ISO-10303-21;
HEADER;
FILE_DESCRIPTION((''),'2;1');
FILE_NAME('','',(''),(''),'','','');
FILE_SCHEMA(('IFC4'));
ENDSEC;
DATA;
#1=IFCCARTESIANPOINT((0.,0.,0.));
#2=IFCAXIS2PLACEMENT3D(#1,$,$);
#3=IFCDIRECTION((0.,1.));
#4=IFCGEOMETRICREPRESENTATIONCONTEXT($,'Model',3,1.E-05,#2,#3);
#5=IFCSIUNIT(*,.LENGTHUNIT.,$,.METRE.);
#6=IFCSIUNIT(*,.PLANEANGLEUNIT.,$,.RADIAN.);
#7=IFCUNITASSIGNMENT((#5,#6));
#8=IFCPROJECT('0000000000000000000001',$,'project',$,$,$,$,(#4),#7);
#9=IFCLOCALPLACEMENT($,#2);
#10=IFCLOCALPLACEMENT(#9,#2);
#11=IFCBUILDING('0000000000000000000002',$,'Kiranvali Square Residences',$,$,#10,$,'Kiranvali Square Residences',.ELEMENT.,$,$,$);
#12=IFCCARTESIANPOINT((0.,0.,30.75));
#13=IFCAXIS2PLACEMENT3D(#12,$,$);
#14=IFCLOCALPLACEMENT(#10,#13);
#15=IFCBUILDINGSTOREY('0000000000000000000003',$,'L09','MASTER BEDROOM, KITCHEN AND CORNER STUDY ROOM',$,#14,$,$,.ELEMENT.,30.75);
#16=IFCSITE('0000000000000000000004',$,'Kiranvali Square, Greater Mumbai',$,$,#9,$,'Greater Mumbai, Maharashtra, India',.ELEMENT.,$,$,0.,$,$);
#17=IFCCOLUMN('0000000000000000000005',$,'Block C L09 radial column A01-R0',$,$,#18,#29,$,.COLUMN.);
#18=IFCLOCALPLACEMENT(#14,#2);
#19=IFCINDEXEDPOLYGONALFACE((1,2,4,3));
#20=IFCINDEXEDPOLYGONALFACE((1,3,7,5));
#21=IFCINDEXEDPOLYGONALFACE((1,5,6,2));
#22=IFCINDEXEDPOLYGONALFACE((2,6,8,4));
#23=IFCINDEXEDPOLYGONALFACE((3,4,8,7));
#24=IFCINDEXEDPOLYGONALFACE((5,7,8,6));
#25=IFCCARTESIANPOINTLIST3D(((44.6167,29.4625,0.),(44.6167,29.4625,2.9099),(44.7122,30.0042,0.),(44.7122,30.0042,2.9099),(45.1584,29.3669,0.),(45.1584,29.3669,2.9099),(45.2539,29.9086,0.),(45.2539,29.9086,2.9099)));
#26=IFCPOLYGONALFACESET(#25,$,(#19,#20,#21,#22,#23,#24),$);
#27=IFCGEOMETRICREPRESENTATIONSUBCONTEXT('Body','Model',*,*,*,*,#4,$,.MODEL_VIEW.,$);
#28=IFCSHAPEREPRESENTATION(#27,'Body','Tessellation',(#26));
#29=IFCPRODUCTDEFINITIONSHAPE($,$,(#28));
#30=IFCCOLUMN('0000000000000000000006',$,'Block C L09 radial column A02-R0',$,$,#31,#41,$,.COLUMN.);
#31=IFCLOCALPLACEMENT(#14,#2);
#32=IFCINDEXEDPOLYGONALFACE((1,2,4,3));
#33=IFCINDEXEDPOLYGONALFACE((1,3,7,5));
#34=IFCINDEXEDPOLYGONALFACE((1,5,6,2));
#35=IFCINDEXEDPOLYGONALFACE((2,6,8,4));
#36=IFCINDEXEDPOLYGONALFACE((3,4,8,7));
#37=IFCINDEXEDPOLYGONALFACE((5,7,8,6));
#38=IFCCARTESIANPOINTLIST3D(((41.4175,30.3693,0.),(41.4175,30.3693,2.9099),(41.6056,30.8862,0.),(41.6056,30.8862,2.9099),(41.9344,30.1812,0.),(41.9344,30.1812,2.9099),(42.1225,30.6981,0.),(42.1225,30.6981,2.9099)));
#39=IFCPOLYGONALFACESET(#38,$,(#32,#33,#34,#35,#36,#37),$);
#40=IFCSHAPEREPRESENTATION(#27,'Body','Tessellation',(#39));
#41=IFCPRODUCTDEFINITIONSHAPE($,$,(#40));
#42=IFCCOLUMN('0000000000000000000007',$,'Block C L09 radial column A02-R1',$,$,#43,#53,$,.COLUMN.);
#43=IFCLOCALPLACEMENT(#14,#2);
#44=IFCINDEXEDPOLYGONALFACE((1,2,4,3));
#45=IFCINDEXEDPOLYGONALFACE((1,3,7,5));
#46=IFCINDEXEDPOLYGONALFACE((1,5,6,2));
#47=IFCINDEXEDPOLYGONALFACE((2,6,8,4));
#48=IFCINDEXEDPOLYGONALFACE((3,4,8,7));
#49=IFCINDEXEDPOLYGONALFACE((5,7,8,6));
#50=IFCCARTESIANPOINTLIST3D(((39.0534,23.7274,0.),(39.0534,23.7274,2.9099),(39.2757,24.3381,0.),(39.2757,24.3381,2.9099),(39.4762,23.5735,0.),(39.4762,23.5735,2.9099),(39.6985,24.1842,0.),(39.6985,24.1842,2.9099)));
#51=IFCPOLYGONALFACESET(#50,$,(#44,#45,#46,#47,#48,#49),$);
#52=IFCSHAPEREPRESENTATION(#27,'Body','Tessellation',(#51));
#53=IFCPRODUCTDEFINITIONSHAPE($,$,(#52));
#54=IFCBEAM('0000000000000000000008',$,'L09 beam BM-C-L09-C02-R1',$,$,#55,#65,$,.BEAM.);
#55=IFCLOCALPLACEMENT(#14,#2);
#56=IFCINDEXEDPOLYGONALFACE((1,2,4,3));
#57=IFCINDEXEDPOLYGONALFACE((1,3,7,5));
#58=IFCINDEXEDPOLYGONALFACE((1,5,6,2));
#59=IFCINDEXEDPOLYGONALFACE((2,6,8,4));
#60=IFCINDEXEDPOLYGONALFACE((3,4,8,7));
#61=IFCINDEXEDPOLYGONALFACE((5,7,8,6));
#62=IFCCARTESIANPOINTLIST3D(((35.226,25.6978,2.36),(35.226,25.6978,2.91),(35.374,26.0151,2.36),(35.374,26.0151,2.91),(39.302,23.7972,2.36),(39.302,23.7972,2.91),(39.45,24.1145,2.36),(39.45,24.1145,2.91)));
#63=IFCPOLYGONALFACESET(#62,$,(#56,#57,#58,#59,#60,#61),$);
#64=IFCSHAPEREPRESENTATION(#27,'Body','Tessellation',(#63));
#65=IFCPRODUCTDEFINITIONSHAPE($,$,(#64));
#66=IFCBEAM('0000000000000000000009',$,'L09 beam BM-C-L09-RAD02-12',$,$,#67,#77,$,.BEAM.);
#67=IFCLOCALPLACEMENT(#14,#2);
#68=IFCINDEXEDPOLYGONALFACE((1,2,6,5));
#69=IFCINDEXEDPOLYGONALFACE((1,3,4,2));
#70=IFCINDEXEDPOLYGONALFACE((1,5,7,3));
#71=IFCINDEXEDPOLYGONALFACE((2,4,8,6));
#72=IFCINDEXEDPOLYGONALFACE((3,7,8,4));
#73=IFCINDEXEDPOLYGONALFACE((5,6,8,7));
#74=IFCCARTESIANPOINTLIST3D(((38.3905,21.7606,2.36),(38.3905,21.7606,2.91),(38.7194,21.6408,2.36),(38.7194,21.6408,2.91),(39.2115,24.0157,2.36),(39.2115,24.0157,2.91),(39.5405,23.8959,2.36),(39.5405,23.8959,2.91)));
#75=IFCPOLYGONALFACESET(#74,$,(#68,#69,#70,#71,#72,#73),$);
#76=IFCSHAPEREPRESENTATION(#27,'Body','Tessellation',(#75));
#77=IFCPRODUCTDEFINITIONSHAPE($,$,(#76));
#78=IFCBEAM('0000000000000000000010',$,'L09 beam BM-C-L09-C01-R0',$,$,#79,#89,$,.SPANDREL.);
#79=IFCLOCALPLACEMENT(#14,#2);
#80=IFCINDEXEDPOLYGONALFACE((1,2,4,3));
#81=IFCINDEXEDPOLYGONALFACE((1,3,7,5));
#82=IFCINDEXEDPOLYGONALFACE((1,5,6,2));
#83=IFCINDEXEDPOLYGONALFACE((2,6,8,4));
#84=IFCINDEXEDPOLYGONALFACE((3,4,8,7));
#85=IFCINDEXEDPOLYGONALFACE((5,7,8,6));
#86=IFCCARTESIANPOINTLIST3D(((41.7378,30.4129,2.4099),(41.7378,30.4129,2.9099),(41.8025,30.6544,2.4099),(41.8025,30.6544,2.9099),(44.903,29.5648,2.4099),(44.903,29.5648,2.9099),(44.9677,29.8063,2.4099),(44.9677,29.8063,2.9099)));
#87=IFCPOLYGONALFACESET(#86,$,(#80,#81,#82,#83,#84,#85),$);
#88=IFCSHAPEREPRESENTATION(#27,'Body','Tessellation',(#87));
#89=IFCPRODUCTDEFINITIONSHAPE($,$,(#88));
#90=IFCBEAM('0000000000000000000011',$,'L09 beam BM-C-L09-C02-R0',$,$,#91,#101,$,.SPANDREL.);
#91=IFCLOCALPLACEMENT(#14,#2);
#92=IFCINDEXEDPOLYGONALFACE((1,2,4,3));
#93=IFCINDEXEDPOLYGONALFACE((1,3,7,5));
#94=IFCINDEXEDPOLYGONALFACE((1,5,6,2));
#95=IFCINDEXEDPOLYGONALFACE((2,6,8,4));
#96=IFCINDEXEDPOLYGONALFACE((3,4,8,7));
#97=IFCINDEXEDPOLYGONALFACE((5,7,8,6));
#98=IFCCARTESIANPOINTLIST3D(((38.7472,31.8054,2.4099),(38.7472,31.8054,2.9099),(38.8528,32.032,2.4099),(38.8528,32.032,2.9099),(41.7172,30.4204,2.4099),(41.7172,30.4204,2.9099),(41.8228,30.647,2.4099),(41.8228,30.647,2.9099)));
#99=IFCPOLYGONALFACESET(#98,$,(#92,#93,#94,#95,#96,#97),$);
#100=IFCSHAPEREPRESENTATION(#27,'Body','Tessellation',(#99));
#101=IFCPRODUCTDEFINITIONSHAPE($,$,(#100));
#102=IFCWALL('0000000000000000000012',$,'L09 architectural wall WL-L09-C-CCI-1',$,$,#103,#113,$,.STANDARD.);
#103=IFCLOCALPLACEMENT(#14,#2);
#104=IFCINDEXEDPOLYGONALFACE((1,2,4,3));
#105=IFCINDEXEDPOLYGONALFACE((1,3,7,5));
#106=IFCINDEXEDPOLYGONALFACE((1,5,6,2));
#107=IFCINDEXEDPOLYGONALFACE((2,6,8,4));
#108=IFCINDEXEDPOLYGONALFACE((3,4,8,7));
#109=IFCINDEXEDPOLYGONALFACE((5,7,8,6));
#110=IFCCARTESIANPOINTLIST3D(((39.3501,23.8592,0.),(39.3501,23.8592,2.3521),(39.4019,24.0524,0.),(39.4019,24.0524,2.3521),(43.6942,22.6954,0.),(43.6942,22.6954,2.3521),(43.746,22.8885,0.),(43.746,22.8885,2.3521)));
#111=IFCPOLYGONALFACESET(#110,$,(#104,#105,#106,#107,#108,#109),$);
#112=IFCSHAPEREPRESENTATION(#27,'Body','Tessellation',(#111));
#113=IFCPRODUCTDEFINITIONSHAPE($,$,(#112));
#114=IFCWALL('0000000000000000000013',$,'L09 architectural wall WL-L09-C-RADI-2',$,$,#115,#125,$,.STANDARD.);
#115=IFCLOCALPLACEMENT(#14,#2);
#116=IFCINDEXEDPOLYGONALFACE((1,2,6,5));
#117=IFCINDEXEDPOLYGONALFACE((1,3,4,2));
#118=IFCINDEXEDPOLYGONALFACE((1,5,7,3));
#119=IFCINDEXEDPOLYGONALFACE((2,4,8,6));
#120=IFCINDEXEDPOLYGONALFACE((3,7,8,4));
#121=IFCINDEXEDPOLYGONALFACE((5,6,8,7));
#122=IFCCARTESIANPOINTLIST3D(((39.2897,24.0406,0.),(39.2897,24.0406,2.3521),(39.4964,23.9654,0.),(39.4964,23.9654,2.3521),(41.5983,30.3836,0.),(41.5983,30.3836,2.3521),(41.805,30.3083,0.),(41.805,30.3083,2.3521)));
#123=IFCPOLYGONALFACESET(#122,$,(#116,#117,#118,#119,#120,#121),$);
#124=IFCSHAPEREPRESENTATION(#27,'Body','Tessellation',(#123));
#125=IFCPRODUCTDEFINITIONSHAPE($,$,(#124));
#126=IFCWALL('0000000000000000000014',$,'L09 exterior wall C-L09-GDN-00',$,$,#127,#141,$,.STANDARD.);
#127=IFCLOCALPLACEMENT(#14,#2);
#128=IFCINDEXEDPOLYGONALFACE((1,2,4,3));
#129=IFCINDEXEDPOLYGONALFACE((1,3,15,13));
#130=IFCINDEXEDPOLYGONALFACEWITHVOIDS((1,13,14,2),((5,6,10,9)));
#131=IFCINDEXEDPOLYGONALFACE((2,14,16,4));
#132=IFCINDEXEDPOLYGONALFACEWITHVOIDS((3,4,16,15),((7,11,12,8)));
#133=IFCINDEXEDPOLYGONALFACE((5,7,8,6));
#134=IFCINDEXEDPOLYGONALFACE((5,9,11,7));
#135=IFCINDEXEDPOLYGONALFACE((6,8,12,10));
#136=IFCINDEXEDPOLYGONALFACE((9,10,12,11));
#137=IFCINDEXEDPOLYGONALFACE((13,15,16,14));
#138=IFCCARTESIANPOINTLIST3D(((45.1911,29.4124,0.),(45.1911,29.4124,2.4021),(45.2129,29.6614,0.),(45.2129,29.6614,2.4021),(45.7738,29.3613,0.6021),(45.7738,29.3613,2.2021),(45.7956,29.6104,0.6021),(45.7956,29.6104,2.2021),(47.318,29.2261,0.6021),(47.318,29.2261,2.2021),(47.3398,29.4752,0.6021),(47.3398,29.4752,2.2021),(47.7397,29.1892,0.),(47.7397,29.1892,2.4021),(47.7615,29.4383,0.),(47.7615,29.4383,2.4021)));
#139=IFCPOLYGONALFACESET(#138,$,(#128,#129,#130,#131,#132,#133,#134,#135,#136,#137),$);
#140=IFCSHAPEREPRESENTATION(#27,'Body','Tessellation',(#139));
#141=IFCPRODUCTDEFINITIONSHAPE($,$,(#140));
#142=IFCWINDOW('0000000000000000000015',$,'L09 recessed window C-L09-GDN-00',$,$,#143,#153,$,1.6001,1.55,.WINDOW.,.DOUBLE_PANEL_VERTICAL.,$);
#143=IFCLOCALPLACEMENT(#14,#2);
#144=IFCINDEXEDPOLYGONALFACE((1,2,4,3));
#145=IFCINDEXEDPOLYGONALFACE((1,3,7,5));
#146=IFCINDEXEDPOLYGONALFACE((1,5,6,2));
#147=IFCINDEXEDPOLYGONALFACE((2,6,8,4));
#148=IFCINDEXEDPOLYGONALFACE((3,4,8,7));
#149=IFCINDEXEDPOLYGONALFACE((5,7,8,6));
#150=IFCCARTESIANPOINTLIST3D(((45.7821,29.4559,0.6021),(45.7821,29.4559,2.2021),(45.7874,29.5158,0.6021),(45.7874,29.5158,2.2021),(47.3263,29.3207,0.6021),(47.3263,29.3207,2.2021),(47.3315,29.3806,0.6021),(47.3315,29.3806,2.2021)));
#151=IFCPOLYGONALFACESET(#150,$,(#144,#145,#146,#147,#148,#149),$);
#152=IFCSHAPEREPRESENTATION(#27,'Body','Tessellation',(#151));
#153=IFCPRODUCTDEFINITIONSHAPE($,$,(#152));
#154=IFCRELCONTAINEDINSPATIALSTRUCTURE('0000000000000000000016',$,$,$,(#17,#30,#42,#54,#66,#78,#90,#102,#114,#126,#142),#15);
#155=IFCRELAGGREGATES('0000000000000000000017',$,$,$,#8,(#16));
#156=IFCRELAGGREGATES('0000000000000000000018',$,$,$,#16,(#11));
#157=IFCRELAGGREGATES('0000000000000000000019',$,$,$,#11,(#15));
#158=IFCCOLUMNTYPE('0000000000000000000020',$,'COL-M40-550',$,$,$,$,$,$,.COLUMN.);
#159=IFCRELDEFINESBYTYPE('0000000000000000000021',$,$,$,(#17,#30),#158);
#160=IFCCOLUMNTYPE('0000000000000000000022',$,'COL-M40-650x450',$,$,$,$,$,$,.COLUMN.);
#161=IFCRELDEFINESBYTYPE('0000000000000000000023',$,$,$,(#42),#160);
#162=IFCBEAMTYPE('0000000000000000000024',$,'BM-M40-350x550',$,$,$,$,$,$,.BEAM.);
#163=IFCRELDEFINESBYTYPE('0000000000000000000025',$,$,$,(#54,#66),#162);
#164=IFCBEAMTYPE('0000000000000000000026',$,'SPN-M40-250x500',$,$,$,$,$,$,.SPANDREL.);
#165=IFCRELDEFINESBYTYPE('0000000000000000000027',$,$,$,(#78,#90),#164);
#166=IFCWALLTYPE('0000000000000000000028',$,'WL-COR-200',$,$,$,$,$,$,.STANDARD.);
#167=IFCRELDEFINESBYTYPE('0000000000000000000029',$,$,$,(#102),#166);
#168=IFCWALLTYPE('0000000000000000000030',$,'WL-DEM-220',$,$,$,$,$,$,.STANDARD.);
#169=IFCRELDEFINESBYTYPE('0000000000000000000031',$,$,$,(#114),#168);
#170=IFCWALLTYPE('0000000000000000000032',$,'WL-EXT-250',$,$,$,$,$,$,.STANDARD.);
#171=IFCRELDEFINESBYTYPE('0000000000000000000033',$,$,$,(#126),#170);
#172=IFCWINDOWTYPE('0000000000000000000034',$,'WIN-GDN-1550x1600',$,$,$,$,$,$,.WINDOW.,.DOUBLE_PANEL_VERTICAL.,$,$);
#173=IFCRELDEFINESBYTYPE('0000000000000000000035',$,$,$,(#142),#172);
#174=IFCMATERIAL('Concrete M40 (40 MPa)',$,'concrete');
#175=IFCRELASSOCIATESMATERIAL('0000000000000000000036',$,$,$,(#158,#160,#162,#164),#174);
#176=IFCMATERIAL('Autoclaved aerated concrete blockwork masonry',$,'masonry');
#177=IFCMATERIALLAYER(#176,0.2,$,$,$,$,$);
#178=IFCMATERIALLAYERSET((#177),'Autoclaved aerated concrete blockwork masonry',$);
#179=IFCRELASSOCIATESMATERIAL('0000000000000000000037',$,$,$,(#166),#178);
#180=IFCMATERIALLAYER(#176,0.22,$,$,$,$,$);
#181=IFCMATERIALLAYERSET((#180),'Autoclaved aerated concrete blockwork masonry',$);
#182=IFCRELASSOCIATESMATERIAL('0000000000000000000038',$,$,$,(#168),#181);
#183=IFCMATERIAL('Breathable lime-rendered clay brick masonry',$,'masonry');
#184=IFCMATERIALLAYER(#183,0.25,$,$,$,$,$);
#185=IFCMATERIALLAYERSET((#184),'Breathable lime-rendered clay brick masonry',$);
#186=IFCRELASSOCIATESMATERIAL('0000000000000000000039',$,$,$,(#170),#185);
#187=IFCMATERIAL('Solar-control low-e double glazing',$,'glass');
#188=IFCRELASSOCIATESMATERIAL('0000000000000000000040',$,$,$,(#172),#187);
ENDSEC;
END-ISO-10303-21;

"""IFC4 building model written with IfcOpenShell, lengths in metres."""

from ifc_helpers import new_model, si_unit, direction, frame, frame_2d, origin, origin_2d, place, context, subcontext, project, spatial, rectangle, extrude, material, layer, layer_set, material_profile, profile_set, type_object, element, fill, save


model = new_model("IFC4")

# Units and contexts
model_context = context("Model", 3, precision=1e-05, world=origin(), true_north=direction((0.0, 1.0)))
body_context = subcontext(model_context, "Body", "Model", "MODEL_VIEW")
ifc_project = project(units=[si_unit("LENGTHUNIT", "METRE"), si_unit("PLANEANGLEUNIT", "RADIAN")], contexts=[model_context])

# Site, building, storey
site_placement = place(None, origin())
site = spatial("IfcSite", under=ifc_project, at=site_placement, Name="Kiranvali Square, Greater Mumbai", LongName="Greater Mumbai, Maharashtra, India", CompositionType="ELEMENT", RefElevation=0.0)
building_placement = place(site_placement, origin())
building = spatial("IfcBuilding", under=site, at=building_placement, Name="Kiranvali Square Residences", LongName="Kiranvali Square Residences", CompositionType="ELEMENT")
storey_placement = place(building_placement, frame((0.0, 0.0, 30.75)))
storey = spatial("IfcBuildingStorey", under=building, at=storey_placement, Name="L09", Description="MASTER BEDROOM, KITCHEN AND CORNER STUDY ROOM", CompositionType="ELEMENT", Elevation=30.75)

# Columns
ifc_material_1 = material(Name="Concrete M40 (40 MPa)", Category="concrete")
ifc_material_profile_1 = material_profile(ifc_material_1, rectangle(XDim=0.55, YDim=0.55, at=origin_2d()), Name="RC 550x550")
ifc_profile_set_1 = profile_set([ifc_material_profile_1], Name="Concrete M40 (40 MPa)")
column_type_1 = type_object("IfcColumnType", Name="COL-M40-550", PredefinedType="COLUMN", material=ifc_profile_set_1)
for number, where, z_axis, x_axis, name in (
    (1, (44.9353, 29.6855, 0.0), (0.0, 0.0, 1.0), (-0.984808, 0.173648, 0.0), "Block C L09 radial column A01-R0"),
    (2, (41.77, 30.5337, 0.0), (0.0, 0.0, 1.0), (-0.939693, 0.34202, 0.0), "Block C L09 radial column A02-R0"),
):
    element("IfcColumn", number, at=place(storey_placement, frame(where, z_axis=z_axis, x_axis=x_axis)), inside=storey, type_object=column_type_1, Name=name, PredefinedType="COLUMN", context=body_context, shape_type="SweptSolid", body=[
        extrude(rectangle(XDim=0.55, YDim=0.55, at=origin_2d()), origin(), (0.0, 0.0, 1.0), 2.9099),
    ])
ifc_material_profile_2 = material_profile(ifc_material_1, rectangle(XDim=0.45, YDim=0.6499, at=origin_2d()), Name="RC 650x450")
ifc_profile_set_2 = profile_set([ifc_material_profile_2], Name="Concrete M40 (40 MPa)")
column_type_2 = type_object("IfcColumnType", Name="COL-M40-650x450", PredefinedType="COLUMN", material=ifc_profile_set_2)
column_placement = place(storey_placement, frame((39.376, 23.9558, 0.0), z_axis=(0.0, 0.0, 1.0), x_axis=(-0.939693, 0.34202, 0.0)))
element("IfcColumn", 3, at=column_placement, inside=storey, type_object=column_type_2, Name="Block C L09 radial column A02-R1", PredefinedType="COLUMN", context=body_context, shape_type="SweptSolid", body=[
    extrude(rectangle(XDim=0.45, YDim=0.6499, at=origin_2d()), origin(), (0.0, 0.0, 1.0), 2.9099),
])

# Beams
ifc_material_profile_3 = material_profile(ifc_material_1, rectangle(XDim=0.3501, YDim=0.55, at=origin_2d()), Name="RC 350x550")
ifc_profile_set_3 = profile_set([ifc_material_profile_3], Name="Concrete M40 (40 MPa)")
beam_type_1 = type_object("IfcBeamType", Name="BM-M40-350x550", PredefinedType="BEAM", material=ifc_profile_set_3)
beam_1_placement = place(storey_placement, frame((39.376, 23.9558, 2.635), z_axis=(-0.906308, 0.422618, 0.0), x_axis=(-0.422618, -0.906308, 0.0)))
element("IfcBeam", 4, at=beam_1_placement, inside=storey, type_object=beam_type_1, Name="L09 beam BM-C-L09-C02-R1", PredefinedType="BEAM", context=body_context, shape_type="SweptSolid", body=[
    extrude(rectangle(XDim=0.3501, YDim=0.55, at=origin_2d()), origin(), (0.0, 0.0, 1.0), 4.4973),
])
beam_2_placement = place(storey_placement, frame((39.376, 23.9558, 2.635), z_axis=(-0.342111, -0.93966, 0.0), x_axis=(0.93966, -0.342111, 0.0)))
element("IfcBeam", 5, at=beam_2_placement, inside=storey, type_object=beam_type_1, Name="L09 beam BM-C-L09-RAD02-12", PredefinedType="BEAM", context=body_context, shape_type="SweptSolid", body=[
    extrude(rectangle(XDim=0.3501, YDim=0.55, at=origin_2d()), origin(), (0.0, 0.0, 1.0), 2.3999),
])
ifc_material_profile_4 = material_profile(ifc_material_1, rectangle(XDim=0.25, YDim=0.5, at=origin_2d()), Name="RC 250x500")
ifc_profile_set_4 = profile_set([ifc_material_profile_4], Name="Concrete M40 (40 MPa)")
beam_type_2 = type_object("IfcBeamType", Name="SPN-M40-250x500", PredefinedType="SPANDREL", material=ifc_profile_set_4)
beam_3_placement = place(storey_placement, frame((44.9353, 29.6855, 2.6599), z_axis=(-0.965925, 0.258822, 0.0), x_axis=(-0.258822, -0.965925, 0.0)))
element("IfcBeam", 6, at=beam_3_placement, inside=storey, type_object=beam_type_2, Name="L09 beam BM-C-L09-C01-R0", PredefinedType="SPANDREL", context=body_context, shape_type="SweptSolid", body=[
    extrude(rectangle(XDim=0.25, YDim=0.5, at=origin_2d()), origin(), (0.0, 0.0, 1.0), 3.2769),
])
beam_4_placement = place(storey_placement, frame((41.77, 30.5337, 2.6599), z_axis=(-0.906297, 0.422641, 0.0), x_axis=(-0.422641, -0.906297, 0.0)))
element("IfcBeam", 7, at=beam_4_placement, inside=storey, type_object=beam_type_2, Name="L09 beam BM-C-L09-C02-R0", PredefinedType="SPANDREL", context=body_context, shape_type="SweptSolid", body=[
    extrude(rectangle(XDim=0.25, YDim=0.5, at=origin_2d()), origin(), (0.0, 0.0, 1.0), 3.2771),
])

# Wall
ifc_material_2 = material(Name="Autoclaved aerated concrete blockwork masonry", Category="masonry")
ifc_layer_1 = layer(ifc_material_2, 0.2)
ifc_layer_set_1 = layer_set([ifc_layer_1], Name="Autoclaved aerated concrete blockwork masonry")
wall_type_1 = type_object("IfcWallType", Name="WL-COR-200", PredefinedType="STANDARD", material=ifc_layer_set_1)
wall_1_placement = place(storey_placement, frame((43.72, 22.792, 0.0), z_axis=(0.0, 0.0, 1.0), x_axis=(-0.965934, 0.258788, 0.0)))
element("IfcWall", 8, at=wall_1_placement, inside=storey, type_object=wall_type_1, Name="L09 architectural wall WL-L09-C-CCI-1", PredefinedType="STANDARD", context=body_context, shape_type="SweptSolid", body=[
    extrude(rectangle(XDim=4.4973, YDim=0.2, at=frame_2d((2.2485, 0.0))), origin(), (0.0, 0.0, 1.0), 2.3521),
])

# Wall
ifc_layer_2 = layer(ifc_material_2, 0.22)
ifc_layer_set_2 = layer_set([ifc_layer_2], Name="Autoclaved aerated concrete blockwork masonry")
wall_type_2 = type_object("IfcWallType", Name="WL-DEM-220", PredefinedType="STANDARD", material=ifc_layer_set_2)
wall_2_placement = place(storey_placement, frame((41.7017, 30.3459, 0.0), z_axis=(0.0, 0.0, 1.0), x_axis=(-0.34201, -0.939696, 0.0)))
element("IfcWall", 9, at=wall_2_placement, inside=storey, type_object=wall_type_2, Name="L09 architectural wall WL-L09-C-RADI-2", PredefinedType="STANDARD", context=body_context, shape_type="SweptSolid", body=[
    extrude(rectangle(XDim=6.75, YDim=0.22, at=frame_2d((3.375, 0.0))), origin(), (0.0, 0.0, 1.0), 2.3521),
])

# Wall, opening, window
ifc_material_3 = material(Name="Breathable lime-rendered clay brick masonry", Category="masonry")
ifc_layer_3 = layer(ifc_material_3, 0.25)
ifc_layer_set_3 = layer_set([ifc_layer_3], Name="Breathable lime-rendered clay brick masonry")
wall_type_3 = type_object("IfcWallType", Name="WL-EXT-250", PredefinedType="STANDARD", material=ifc_layer_set_3)
wall_3_placement = place(storey_placement, frame((47.7507, 29.3137, 0.0), z_axis=(0.0, 0.0, 1.0), x_axis=(-0.996189, 0.087223, 0.0)))
wall_3 = element("IfcWall", 10, at=wall_3_placement, inside=storey, type_object=wall_type_3, Name="L09 exterior wall C-L09-GDN-00", PredefinedType="STANDARD", context=body_context, shape_type="SweptSolid", body=[
    extrude(rectangle(XDim=2.5583, YDim=0.25, at=frame_2d((1.2793, 0.0))), origin(), (0.0, 0.0, 1.0), 2.4021),
])
opening_1_placement = place(wall_3_placement, frame((0.4236, 0.0, 0.6021)))
opening_1 = element("IfcOpeningElement", 11, at=opening_1_placement, cuts=wall_3, PredefinedType="OPENING", context=body_context, shape_type="SweptSolid", body=[
    extrude(rectangle(XDim=1.55, YDim=1.6001, at=frame_2d((0.7749, 0.8))), frame((0.0, 0.135, 0.0), z_axis=(0.0, -1.0, 0.0), x_axis=(1.0, 0.0, 0.0)), (0.0, 0.0, 1.0), 0.27),
])
ifc_material_4 = material(Name="Solar-control low-e double glazing", Category="glass")
window_type_1 = type_object("IfcWindowType", Name="WIN-GDN-1550x1600", PartitioningType="DOUBLE_PANEL_VERTICAL", PredefinedType="WINDOW", material=ifc_material_4)
window_1_placement = place(opening_1_placement, origin())
window_1 = element("IfcWindow", 12, at=window_1_placement, inside=storey, type_object=window_type_1, Name="L09 recessed window C-L09-GDN-00", OverallHeight=1.6001, OverallWidth=1.55, PartitioningType="DOUBLE_PANEL_VERTICAL", PredefinedType="WINDOW", context=body_context, shape_type="SweptSolid", body=[
    extrude(rectangle(XDim=1.55, YDim=1.6001, at=frame_2d((0.7749, 0.8))), frame((0.0, 0.03, 0.0), z_axis=(0.0, -1.0, 0.0), x_axis=(1.0, 0.0, 0.0)), (0.0, 0.0, 1.0), 0.0601),
])
fill(opening_1, window_1)

save(model, "model.ifc")
